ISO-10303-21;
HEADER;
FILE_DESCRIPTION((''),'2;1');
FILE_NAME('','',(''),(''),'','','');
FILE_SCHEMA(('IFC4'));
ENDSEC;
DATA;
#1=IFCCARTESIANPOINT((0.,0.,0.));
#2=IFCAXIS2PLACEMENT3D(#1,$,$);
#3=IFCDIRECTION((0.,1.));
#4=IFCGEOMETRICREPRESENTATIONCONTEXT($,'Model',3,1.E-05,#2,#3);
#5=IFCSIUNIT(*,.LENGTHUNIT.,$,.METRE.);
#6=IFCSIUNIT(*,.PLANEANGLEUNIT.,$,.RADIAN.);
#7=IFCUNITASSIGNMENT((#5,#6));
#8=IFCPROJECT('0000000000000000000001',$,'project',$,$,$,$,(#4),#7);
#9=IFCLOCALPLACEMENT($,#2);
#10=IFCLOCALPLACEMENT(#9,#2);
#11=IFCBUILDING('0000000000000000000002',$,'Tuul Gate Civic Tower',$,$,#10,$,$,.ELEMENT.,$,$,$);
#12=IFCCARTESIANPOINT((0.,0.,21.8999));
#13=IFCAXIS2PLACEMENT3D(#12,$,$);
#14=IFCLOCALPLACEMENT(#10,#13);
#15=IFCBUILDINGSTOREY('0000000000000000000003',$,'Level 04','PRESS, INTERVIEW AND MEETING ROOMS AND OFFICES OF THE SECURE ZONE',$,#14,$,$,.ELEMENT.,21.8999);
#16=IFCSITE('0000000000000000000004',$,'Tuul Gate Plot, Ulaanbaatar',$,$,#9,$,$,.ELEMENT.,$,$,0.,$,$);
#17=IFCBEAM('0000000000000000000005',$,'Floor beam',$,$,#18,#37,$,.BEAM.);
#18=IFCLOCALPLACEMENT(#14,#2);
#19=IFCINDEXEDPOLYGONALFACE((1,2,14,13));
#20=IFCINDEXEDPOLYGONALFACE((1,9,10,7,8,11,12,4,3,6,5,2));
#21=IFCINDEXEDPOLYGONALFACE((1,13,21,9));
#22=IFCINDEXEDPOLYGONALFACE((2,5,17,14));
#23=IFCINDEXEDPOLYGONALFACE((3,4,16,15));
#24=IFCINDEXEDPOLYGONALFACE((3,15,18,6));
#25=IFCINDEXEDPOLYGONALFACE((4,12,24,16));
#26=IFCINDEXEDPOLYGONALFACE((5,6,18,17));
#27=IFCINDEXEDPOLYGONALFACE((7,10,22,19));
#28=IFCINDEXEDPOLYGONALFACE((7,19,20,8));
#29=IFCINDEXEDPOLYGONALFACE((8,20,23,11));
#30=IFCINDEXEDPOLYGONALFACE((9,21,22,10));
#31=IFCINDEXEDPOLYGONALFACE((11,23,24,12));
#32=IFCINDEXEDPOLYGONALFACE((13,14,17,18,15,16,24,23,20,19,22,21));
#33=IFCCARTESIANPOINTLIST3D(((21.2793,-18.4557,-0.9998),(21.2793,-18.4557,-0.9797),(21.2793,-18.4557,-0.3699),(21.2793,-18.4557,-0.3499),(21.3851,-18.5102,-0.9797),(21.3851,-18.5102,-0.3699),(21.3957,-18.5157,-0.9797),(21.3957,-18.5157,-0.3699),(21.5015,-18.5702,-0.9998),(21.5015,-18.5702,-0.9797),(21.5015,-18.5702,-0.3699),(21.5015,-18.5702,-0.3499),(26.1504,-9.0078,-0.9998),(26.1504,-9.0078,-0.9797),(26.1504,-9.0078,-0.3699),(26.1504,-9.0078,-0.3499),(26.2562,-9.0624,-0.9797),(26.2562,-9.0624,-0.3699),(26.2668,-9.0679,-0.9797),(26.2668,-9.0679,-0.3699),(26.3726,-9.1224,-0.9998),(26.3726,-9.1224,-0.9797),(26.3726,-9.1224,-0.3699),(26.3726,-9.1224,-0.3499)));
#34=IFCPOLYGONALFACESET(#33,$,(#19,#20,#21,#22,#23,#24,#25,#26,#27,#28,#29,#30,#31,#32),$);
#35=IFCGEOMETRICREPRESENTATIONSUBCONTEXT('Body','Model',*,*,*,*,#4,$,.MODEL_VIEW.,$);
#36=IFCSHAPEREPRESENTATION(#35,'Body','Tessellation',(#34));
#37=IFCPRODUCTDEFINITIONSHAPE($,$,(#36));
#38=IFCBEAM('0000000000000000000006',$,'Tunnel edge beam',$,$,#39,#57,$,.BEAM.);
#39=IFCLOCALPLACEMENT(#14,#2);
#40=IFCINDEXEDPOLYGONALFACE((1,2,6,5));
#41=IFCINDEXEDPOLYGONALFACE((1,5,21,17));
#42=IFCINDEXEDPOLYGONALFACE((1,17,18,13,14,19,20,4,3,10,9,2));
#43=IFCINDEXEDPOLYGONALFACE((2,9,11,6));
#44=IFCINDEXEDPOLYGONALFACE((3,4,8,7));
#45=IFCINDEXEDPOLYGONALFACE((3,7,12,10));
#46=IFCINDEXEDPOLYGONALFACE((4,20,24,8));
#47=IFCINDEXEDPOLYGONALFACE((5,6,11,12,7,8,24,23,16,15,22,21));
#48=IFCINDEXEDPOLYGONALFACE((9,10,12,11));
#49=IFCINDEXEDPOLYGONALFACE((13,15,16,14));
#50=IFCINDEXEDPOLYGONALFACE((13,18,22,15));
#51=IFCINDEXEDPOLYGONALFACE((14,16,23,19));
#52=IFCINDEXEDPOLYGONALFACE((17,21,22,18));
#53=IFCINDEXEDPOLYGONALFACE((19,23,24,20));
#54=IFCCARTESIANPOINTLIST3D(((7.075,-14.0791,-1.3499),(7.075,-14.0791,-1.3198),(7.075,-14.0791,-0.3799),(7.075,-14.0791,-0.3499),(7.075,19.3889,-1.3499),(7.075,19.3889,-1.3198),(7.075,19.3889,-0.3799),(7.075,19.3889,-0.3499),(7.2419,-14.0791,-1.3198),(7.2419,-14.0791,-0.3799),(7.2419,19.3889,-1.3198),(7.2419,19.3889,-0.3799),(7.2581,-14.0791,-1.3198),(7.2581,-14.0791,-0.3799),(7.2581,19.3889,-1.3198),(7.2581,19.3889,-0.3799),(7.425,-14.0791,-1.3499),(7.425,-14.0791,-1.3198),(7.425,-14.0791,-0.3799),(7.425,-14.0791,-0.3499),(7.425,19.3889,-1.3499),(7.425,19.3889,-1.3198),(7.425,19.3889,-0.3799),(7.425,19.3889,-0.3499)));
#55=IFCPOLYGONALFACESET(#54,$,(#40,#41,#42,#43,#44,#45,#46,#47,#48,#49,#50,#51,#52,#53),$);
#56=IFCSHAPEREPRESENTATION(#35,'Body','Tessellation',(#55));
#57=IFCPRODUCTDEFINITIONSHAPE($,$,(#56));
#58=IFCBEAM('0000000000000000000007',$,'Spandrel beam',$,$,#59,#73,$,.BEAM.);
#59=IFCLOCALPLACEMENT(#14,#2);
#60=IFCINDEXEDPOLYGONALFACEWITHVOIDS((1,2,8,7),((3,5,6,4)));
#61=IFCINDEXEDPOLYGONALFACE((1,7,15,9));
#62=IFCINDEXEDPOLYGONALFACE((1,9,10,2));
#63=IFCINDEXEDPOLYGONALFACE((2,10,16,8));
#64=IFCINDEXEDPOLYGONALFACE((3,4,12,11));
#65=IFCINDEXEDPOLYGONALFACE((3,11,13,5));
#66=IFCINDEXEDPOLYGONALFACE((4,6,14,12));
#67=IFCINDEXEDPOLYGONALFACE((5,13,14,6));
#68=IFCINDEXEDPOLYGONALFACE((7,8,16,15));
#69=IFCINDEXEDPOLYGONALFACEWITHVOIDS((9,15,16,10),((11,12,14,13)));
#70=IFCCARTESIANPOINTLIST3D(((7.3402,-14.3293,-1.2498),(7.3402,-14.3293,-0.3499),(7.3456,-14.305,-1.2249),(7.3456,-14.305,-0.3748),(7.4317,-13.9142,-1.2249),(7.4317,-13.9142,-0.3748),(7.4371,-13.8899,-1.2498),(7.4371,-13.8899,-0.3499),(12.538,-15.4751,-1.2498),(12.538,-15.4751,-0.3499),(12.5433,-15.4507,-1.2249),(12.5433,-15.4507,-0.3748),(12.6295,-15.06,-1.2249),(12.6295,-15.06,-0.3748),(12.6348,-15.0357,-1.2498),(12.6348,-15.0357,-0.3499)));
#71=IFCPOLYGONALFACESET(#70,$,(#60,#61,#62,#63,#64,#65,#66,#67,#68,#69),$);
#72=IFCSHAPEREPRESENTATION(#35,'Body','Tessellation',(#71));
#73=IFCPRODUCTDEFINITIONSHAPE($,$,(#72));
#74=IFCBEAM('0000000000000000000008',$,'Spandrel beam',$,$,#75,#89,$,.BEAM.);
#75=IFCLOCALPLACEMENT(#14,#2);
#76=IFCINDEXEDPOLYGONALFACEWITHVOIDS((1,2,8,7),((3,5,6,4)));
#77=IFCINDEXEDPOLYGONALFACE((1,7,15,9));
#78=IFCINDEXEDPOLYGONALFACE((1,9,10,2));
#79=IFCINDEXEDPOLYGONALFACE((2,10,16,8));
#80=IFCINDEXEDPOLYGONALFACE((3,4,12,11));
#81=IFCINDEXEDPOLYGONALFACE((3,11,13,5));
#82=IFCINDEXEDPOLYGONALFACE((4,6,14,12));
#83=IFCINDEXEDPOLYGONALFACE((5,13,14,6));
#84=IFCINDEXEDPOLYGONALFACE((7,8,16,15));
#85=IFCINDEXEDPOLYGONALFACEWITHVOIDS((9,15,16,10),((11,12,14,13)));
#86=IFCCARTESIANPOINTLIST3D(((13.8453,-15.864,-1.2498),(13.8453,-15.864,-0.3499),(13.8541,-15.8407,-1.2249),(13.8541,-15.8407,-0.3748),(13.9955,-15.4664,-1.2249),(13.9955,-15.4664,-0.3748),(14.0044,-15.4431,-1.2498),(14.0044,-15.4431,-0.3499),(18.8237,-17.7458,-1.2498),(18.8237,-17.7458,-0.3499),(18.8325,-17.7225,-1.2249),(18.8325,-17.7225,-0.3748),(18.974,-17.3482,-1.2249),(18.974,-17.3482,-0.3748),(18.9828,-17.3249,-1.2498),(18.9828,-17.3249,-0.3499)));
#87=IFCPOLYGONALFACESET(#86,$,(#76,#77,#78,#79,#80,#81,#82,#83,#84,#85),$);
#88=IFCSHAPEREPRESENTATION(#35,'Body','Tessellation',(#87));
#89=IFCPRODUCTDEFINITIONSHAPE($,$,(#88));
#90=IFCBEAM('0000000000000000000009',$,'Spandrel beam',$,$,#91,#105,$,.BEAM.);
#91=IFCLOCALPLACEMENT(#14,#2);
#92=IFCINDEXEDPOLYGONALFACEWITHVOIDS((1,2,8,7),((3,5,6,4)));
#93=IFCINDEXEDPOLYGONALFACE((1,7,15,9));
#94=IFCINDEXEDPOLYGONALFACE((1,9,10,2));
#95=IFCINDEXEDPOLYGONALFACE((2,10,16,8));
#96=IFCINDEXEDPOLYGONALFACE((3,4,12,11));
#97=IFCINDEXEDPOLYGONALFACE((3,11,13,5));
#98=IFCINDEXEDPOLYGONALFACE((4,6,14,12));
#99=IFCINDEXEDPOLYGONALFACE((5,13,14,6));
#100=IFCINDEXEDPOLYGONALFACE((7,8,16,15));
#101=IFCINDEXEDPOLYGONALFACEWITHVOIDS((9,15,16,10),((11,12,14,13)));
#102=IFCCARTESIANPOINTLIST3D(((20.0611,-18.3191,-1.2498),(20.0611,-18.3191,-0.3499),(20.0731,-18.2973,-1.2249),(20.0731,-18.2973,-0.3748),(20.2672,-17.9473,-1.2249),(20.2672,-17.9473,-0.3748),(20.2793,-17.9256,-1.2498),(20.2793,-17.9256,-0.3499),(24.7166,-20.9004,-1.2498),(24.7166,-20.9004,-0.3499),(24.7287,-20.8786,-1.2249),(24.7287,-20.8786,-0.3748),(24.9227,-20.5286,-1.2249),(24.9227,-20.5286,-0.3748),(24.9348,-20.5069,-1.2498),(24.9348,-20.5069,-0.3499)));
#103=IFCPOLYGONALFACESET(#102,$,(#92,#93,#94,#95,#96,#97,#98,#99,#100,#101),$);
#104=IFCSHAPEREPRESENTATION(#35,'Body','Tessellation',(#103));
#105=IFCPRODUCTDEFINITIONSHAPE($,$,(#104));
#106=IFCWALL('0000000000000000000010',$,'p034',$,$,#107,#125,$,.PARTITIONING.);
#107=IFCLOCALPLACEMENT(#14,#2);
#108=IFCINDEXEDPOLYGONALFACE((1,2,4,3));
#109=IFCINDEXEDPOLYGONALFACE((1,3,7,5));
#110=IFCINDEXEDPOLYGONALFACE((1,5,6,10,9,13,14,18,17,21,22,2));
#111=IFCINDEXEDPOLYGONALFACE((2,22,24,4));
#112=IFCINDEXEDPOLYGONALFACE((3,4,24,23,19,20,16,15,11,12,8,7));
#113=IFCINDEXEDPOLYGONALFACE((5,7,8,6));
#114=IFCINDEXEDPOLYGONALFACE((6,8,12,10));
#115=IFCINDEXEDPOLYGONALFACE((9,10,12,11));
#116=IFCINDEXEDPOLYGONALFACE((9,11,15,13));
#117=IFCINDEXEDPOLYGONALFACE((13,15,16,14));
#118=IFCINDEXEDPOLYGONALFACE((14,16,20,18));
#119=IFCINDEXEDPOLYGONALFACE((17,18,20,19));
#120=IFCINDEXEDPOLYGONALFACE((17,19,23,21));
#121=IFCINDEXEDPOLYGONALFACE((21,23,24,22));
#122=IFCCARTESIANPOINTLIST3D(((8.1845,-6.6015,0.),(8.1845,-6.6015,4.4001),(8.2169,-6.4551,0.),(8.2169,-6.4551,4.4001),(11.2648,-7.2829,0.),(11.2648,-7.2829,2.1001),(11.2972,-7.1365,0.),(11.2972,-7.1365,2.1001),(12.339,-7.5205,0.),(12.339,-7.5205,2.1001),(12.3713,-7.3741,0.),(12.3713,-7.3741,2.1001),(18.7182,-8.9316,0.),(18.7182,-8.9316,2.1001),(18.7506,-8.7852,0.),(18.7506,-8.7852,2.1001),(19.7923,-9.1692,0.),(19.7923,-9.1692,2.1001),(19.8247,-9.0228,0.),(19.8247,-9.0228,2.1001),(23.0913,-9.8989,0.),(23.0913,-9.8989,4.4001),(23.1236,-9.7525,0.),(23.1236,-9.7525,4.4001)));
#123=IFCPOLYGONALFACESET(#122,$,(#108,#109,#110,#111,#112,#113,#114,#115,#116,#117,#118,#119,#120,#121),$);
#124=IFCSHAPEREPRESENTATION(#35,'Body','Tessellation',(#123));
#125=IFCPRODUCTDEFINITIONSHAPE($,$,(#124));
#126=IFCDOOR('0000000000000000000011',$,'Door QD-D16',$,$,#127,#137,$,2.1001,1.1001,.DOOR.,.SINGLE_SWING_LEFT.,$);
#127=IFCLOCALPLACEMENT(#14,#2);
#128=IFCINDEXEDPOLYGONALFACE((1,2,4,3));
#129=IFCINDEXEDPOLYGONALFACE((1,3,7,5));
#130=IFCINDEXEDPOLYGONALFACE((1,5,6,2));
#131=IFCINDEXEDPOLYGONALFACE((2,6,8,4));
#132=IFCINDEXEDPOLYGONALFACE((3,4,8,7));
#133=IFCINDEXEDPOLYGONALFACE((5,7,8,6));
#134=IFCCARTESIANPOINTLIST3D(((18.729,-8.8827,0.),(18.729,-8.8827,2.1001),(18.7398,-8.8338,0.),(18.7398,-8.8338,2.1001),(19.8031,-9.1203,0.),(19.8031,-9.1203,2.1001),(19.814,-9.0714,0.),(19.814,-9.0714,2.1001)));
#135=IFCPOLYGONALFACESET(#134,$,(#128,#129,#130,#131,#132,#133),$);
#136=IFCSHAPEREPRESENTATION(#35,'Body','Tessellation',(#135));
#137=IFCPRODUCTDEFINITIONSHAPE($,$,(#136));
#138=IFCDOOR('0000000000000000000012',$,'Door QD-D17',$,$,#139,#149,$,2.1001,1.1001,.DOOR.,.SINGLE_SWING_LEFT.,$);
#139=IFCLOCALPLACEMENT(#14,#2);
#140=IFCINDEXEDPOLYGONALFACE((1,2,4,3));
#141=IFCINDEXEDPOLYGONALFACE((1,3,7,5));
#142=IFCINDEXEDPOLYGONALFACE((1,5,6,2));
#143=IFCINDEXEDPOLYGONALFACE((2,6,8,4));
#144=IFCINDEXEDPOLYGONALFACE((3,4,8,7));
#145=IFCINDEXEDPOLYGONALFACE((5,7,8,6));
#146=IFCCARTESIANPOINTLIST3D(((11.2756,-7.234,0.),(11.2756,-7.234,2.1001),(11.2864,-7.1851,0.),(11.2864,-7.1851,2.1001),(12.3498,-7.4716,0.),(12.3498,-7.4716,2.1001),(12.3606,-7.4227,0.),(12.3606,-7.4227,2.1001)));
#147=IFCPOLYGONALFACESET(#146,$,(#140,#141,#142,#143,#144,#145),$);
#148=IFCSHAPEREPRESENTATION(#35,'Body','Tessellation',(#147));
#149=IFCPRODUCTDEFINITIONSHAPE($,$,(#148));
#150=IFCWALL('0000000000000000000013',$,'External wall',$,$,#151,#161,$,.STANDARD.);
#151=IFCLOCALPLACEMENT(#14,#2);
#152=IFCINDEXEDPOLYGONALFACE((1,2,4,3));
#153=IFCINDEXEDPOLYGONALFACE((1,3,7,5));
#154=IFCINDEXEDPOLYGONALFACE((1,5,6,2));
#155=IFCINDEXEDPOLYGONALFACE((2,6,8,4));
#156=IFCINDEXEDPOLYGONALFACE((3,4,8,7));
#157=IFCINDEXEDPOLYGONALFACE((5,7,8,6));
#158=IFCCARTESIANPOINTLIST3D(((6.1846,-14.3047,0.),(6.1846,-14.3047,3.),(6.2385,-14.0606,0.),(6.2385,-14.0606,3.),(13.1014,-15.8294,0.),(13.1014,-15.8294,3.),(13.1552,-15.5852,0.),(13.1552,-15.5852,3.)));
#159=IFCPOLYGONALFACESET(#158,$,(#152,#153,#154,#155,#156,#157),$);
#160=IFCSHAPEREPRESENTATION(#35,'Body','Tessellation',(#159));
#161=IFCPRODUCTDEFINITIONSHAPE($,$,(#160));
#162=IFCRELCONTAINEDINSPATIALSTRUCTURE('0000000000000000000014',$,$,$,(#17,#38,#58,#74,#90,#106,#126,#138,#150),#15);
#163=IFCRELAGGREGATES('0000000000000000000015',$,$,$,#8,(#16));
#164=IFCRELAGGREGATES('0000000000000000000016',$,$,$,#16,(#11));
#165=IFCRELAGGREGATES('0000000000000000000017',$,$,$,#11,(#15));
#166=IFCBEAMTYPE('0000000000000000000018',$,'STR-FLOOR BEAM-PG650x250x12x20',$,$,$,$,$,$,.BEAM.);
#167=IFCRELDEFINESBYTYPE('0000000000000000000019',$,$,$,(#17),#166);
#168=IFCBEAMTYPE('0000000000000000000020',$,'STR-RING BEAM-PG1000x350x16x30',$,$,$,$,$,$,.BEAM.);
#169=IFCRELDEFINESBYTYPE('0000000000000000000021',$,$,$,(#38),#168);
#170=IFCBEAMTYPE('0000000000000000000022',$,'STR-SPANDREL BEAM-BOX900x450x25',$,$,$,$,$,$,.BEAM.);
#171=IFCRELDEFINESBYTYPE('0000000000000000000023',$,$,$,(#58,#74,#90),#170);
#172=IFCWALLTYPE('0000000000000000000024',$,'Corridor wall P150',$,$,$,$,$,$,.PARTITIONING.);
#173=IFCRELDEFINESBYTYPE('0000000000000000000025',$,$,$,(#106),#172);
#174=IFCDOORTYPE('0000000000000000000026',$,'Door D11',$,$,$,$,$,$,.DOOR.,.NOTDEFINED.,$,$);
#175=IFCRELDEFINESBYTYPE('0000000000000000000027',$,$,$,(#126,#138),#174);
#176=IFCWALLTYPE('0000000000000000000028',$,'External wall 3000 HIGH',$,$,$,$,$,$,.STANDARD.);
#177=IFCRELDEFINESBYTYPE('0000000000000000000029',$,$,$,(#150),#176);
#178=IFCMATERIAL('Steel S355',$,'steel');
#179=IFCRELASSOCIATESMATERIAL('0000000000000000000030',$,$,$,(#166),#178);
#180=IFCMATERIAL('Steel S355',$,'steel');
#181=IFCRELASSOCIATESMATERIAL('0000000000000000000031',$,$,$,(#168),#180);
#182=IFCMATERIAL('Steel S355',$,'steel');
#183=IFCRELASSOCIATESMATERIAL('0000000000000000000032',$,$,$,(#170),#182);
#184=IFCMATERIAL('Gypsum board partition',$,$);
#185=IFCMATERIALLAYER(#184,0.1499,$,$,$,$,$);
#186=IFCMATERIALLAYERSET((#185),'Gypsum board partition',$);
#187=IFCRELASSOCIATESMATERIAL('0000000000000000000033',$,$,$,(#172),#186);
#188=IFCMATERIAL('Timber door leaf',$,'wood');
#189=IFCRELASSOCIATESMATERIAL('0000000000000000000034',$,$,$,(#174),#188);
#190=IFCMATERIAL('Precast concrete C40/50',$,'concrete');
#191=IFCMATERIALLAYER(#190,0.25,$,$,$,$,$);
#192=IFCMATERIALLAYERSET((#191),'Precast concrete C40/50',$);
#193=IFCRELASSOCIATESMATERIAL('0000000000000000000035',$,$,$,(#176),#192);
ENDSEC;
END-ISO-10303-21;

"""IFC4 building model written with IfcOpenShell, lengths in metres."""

from ifc_helpers import new_model, si_unit, direction, frame, frame_2d, origin, origin_2d, place, context, subcontext, project, spatial, rectangle, hollow_rectangle, i_section, extrude, material, layer, layer_set, material_profile, profile_set, type_object, element, fill, save


model = new_model("IFC4")

# Units and contexts
model_context = context("Model", 3, precision=1e-05, world=origin(), true_north=direction((0.0, 1.0)))
body_context = subcontext(model_context, "Body", "Model", "MODEL_VIEW")
ifc_project = project(units=[si_unit("LENGTHUNIT", "METRE"), si_unit("PLANEANGLEUNIT", "RADIAN")], contexts=[model_context])

# Site, building, storey
site_placement = place(None, origin())
site = spatial("IfcSite", under=ifc_project, at=site_placement, Name="Tuul Gate Plot, Ulaanbaatar", CompositionType="ELEMENT", RefElevation=0.0)
building_placement = place(site_placement, origin())
building = spatial("IfcBuilding", under=site, at=building_placement, Name="Tuul Gate Civic Tower", CompositionType="ELEMENT")
storey_placement = place(building_placement, frame((0.0, 0.0, 21.8999)))
storey = spatial("IfcBuildingStorey", under=building, at=storey_placement, Name="Level 04", Description="PRESS, INTERVIEW AND MEETING ROOMS AND OFFICES OF THE SECURE ZONE", CompositionType="ELEMENT", Elevation=21.8999)

# Beams
ifc_material_1 = material(Name="Steel S355", Category="steel")
ifc_material_profile_1 = material_profile(ifc_material_1, i_section(OverallWidth=0.25, OverallDepth=0.6499, WebThickness=0.012, FlangeThickness=0.02, at=origin_2d()), Name="PG650x250x12x20")
ifc_profile_set_1 = profile_set([ifc_material_profile_1], Name="Steel S355")
beam_type_1 = type_object("IfcBeamType", Name="STR-FLOOR BEAM-PG650x250x12x20", PredefinedType="BEAM", material=ifc_profile_set_1)
beam_1_placement = place(storey_placement, frame((21.3904, -18.5129, -0.6748), z_axis=(0.458259, 0.888819, 0.0), x_axis=(-0.888819, 0.458259, 0.0)))
element("IfcBeam", 1, at=beam_1_placement, inside=storey, type_object=beam_type_1, Name="Floor beam", PredefinedType="BEAM", context=body_context, shape_type="SweptSolid", body=[
    extrude(i_section(OverallWidth=0.25, OverallDepth=0.6499, WebThickness=0.012, FlangeThickness=0.02, at=origin_2d()), origin(), (0.0, 0.0, 1.0), 10.6296),
])
ifc_material_2 = material(Name="Steel S355", Category="steel")
ifc_material_profile_2 = material_profile(ifc_material_2, i_section(OverallWidth=0.3501, OverallDepth=1.0, WebThickness=0.0161, FlangeThickness=0.03, at=origin_2d()), Name="PG1000x350x16x30")
ifc_profile_set_2 = profile_set([ifc_material_profile_2], Name="Steel S355")
beam_type_2 = type_object("IfcBeamType", Name="STR-RING BEAM-PG1000x350x16x30", PredefinedType="BEAM", material=ifc_profile_set_2)
beam_2_placement = place(storey_placement, frame((7.25, -14.0791, -0.8499), z_axis=(0.0, 1.0, 0.0), x_axis=(-1.0, 0.0, 0.0)))
element("IfcBeam", 2, at=beam_2_placement, inside=storey, type_object=beam_type_2, Name="Tunnel edge beam", PredefinedType="BEAM", context=body_context, shape_type="SweptSolid", body=[
    extrude(i_section(OverallWidth=0.3501, OverallDepth=1.0, WebThickness=0.0161, FlangeThickness=0.03, at=origin_2d()), origin(), (0.0, 0.0, 1.0), 33.468),
])
ifc_material_3 = material(Name="Steel S355", Category="steel")
ifc_material_profile_3 = material_profile(ifc_material_3, hollow_rectangle(XDim=0.45, YDim=0.8999, WallThickness=0.0249, at=origin_2d()), Name="BOX900x450x25")
ifc_profile_set_3 = profile_set([ifc_material_profile_3], Name="Steel S355")
beam_type_3 = type_object("IfcBeamType", Name="STR-SPANDREL BEAM-BOX900x450x25", PredefinedType="BEAM", material=ifc_profile_set_3)
beam_3_placement = place(storey_placement, frame((7.3887, -14.1096, -0.7998), z_axis=(0.976556, -0.215264, 0.0), x_axis=(0.215264, 0.976556, 0.0)))
element("IfcBeam", 3, at=beam_3_placement, inside=storey, type_object=beam_type_3, Name="Spandrel beam", PredefinedType="BEAM", context=body_context, shape_type="SweptSolid", body=[
    extrude(hollow_rectangle(XDim=0.45, YDim=0.8999, WallThickness=0.0249, at=origin_2d()), origin(), (0.0, 0.0, 1.0), 5.3225),
])
beam_4_placement = place(storey_placement, frame((13.9248, -15.6536, -0.7998), z_axis=(0.935406, -0.353575, 0.0), x_axis=(0.353575, 0.935406, 0.0)))
element("IfcBeam", 4, at=beam_4_placement, inside=storey, type_object=beam_type_3, Name="Spandrel beam", PredefinedType="BEAM", context=body_context, shape_type="SweptSolid", body=[
    extrude(hollow_rectangle(XDim=0.45, YDim=0.8999, WallThickness=0.0249, at=origin_2d()), origin(), (0.0, 0.0, 1.0), 5.3223),
])
beam_5_placement = place(storey_placement, frame((20.1702, -18.1223, -0.7998), z_axis=(0.874564, -0.484911, 0.0), x_axis=(0.484911, 0.874564, 0.0)))
element("IfcBeam", 5, at=beam_5_placement, inside=storey, type_object=beam_type_3, Name="Spandrel beam", PredefinedType="BEAM", context=body_context, shape_type="SweptSolid", body=[
    extrude(hollow_rectangle(XDim=0.45, YDim=0.8999, WallThickness=0.0249, at=origin_2d()), origin(), (0.0, 0.0, 1.0), 5.3232),
])

# Wall, openings, doors
ifc_material_4 = material(Name="Gypsum board partition")
ifc_layer_1 = layer(ifc_material_4, 0.1499)
ifc_layer_set_1 = layer_set([ifc_layer_1], Name="Gypsum board partition")
wall_type_1 = type_object("IfcWallType", Name="Corridor wall P150", PredefinedType="PARTITIONING", material=ifc_layer_set_1)
wall_1_placement = place(storey_placement, frame((8.2007, -6.5283, 0.0), z_axis=(0.0, 0.0, 1.0), x_axis=(0.976398, -0.215979, 0.0)))
wall_1 = element("IfcWall", 6, at=wall_1_placement, inside=storey, type_object=wall_type_1, Name="p034", PredefinedType="PARTITIONING", context=body_context, shape_type="SweptSolid", body=[
    extrude(rectangle(XDim=15.2671, YDim=0.1499, at=frame_2d((7.6335, 0.0))), origin(), (0.0, 0.0, 1.0), 4.4001),
])
opening_1_placement = place(wall_1_placement, frame((10.7883, 0.0, 0.0)))
opening_1 = element("IfcOpeningElement", 7, at=opening_1_placement, cuts=wall_1, PredefinedType="OPENING", context=body_context, shape_type="SweptSolid", body=[
    extrude(rectangle(XDim=1.1001, YDim=2.1001, at=frame_2d((0.55, 1.05))), frame((0.0, 0.085, 0.0), z_axis=(0.0, -1.0, 0.0), x_axis=(1.0, 0.0, 0.0)), (0.0, 0.0, 1.0), 0.1699),
])
opening_2_placement = place(wall_1_placement, frame((3.1548, 0.0, 0.0)))
opening_2 = element("IfcOpeningElement", 8, at=opening_2_placement, cuts=wall_1, PredefinedType="OPENING", context=body_context, shape_type="SweptSolid", body=[
    extrude(rectangle(XDim=1.1001, YDim=2.1001, at=frame_2d((0.55, 1.05))), frame((0.0, 0.085, 0.0), z_axis=(0.0, -1.0, 0.0), x_axis=(1.0, 0.0, 0.0)), (0.0, 0.0, 1.0), 0.1699),
])
ifc_material_5 = material(Name="Timber door leaf", Category="wood")
door_type = type_object("IfcDoorType", Name="Door D11", OperationType="NOTDEFINED", PredefinedType="DOOR", material=ifc_material_5)
door_1_placement = place(opening_1_placement, frame((1.1001, 0.0, 0.0), z_axis=(0.0, 0.0, 1.0), x_axis=(-1.0, 0.0, 0.0)))
door_1 = element("IfcDoor", 9, at=door_1_placement, inside=storey, type_object=door_type, Name="Door QD-D16", OperationType="SINGLE_SWING_LEFT", OverallHeight=2.1001, OverallWidth=1.1001, PredefinedType="DOOR", context=body_context, shape_type="SweptSolid", body=[
    extrude(rectangle(XDim=1.1001, YDim=2.1001, at=frame_2d((0.55, 1.05))), frame((0.0, 0.0249, 0.0), z_axis=(0.0, -1.0, 0.0), x_axis=(1.0, 0.0, 0.0)), (0.0, 0.0, 1.0), 0.05),
])
fill(opening_1, door_1)
door_2_placement = place(opening_2_placement, frame((1.1001, 0.0, 0.0), z_axis=(0.0, 0.0, 1.0), x_axis=(-1.0, 0.0, 0.0)))
door_2 = element("IfcDoor", 10, at=door_2_placement, inside=storey, type_object=door_type, Name="Door QD-D17", OperationType="SINGLE_SWING_LEFT", OverallHeight=2.1001, OverallWidth=1.1001, PredefinedType="DOOR", context=body_context, shape_type="SweptSolid", body=[
    extrude(rectangle(XDim=1.1001, YDim=2.1001, at=frame_2d((0.55, 1.05))), frame((0.0, 0.0249, 0.0), z_axis=(0.0, -1.0, 0.0), x_axis=(1.0, 0.0, 0.0)), (0.0, 0.0, 1.0), 0.05),
])
fill(opening_2, door_2)

# Wall
ifc_material_6 = material(Name="Precast concrete C40/50", Category="concrete")
ifc_layer_2 = layer(ifc_material_6, 0.25)
ifc_layer_set_2 = layer_set([ifc_layer_2], Name="Precast concrete C40/50")
wall_type_2 = type_object("IfcWallType", Name="External wall 3000 HIGH", PredefinedType="STANDARD", material=ifc_layer_set_2)
wall_2_placement = place(storey_placement, frame((6.2114, -14.1826, 0.0), z_axis=(0.0, 0.0, 1.0), x_axis=(0.976556, -0.215262, 0.0)))
element("IfcWall", 11, at=wall_2_placement, inside=storey, type_object=wall_type_2, Name="External wall", PredefinedType="STANDARD", context=body_context, shape_type="SweptSolid", body=[
    extrude(rectangle(XDim=7.0828, YDim=0.25, at=frame_2d((3.5415, 0.0))), origin(), (0.0, 0.0, 1.0), 3.0),
])

save(model, "model.ifc")
